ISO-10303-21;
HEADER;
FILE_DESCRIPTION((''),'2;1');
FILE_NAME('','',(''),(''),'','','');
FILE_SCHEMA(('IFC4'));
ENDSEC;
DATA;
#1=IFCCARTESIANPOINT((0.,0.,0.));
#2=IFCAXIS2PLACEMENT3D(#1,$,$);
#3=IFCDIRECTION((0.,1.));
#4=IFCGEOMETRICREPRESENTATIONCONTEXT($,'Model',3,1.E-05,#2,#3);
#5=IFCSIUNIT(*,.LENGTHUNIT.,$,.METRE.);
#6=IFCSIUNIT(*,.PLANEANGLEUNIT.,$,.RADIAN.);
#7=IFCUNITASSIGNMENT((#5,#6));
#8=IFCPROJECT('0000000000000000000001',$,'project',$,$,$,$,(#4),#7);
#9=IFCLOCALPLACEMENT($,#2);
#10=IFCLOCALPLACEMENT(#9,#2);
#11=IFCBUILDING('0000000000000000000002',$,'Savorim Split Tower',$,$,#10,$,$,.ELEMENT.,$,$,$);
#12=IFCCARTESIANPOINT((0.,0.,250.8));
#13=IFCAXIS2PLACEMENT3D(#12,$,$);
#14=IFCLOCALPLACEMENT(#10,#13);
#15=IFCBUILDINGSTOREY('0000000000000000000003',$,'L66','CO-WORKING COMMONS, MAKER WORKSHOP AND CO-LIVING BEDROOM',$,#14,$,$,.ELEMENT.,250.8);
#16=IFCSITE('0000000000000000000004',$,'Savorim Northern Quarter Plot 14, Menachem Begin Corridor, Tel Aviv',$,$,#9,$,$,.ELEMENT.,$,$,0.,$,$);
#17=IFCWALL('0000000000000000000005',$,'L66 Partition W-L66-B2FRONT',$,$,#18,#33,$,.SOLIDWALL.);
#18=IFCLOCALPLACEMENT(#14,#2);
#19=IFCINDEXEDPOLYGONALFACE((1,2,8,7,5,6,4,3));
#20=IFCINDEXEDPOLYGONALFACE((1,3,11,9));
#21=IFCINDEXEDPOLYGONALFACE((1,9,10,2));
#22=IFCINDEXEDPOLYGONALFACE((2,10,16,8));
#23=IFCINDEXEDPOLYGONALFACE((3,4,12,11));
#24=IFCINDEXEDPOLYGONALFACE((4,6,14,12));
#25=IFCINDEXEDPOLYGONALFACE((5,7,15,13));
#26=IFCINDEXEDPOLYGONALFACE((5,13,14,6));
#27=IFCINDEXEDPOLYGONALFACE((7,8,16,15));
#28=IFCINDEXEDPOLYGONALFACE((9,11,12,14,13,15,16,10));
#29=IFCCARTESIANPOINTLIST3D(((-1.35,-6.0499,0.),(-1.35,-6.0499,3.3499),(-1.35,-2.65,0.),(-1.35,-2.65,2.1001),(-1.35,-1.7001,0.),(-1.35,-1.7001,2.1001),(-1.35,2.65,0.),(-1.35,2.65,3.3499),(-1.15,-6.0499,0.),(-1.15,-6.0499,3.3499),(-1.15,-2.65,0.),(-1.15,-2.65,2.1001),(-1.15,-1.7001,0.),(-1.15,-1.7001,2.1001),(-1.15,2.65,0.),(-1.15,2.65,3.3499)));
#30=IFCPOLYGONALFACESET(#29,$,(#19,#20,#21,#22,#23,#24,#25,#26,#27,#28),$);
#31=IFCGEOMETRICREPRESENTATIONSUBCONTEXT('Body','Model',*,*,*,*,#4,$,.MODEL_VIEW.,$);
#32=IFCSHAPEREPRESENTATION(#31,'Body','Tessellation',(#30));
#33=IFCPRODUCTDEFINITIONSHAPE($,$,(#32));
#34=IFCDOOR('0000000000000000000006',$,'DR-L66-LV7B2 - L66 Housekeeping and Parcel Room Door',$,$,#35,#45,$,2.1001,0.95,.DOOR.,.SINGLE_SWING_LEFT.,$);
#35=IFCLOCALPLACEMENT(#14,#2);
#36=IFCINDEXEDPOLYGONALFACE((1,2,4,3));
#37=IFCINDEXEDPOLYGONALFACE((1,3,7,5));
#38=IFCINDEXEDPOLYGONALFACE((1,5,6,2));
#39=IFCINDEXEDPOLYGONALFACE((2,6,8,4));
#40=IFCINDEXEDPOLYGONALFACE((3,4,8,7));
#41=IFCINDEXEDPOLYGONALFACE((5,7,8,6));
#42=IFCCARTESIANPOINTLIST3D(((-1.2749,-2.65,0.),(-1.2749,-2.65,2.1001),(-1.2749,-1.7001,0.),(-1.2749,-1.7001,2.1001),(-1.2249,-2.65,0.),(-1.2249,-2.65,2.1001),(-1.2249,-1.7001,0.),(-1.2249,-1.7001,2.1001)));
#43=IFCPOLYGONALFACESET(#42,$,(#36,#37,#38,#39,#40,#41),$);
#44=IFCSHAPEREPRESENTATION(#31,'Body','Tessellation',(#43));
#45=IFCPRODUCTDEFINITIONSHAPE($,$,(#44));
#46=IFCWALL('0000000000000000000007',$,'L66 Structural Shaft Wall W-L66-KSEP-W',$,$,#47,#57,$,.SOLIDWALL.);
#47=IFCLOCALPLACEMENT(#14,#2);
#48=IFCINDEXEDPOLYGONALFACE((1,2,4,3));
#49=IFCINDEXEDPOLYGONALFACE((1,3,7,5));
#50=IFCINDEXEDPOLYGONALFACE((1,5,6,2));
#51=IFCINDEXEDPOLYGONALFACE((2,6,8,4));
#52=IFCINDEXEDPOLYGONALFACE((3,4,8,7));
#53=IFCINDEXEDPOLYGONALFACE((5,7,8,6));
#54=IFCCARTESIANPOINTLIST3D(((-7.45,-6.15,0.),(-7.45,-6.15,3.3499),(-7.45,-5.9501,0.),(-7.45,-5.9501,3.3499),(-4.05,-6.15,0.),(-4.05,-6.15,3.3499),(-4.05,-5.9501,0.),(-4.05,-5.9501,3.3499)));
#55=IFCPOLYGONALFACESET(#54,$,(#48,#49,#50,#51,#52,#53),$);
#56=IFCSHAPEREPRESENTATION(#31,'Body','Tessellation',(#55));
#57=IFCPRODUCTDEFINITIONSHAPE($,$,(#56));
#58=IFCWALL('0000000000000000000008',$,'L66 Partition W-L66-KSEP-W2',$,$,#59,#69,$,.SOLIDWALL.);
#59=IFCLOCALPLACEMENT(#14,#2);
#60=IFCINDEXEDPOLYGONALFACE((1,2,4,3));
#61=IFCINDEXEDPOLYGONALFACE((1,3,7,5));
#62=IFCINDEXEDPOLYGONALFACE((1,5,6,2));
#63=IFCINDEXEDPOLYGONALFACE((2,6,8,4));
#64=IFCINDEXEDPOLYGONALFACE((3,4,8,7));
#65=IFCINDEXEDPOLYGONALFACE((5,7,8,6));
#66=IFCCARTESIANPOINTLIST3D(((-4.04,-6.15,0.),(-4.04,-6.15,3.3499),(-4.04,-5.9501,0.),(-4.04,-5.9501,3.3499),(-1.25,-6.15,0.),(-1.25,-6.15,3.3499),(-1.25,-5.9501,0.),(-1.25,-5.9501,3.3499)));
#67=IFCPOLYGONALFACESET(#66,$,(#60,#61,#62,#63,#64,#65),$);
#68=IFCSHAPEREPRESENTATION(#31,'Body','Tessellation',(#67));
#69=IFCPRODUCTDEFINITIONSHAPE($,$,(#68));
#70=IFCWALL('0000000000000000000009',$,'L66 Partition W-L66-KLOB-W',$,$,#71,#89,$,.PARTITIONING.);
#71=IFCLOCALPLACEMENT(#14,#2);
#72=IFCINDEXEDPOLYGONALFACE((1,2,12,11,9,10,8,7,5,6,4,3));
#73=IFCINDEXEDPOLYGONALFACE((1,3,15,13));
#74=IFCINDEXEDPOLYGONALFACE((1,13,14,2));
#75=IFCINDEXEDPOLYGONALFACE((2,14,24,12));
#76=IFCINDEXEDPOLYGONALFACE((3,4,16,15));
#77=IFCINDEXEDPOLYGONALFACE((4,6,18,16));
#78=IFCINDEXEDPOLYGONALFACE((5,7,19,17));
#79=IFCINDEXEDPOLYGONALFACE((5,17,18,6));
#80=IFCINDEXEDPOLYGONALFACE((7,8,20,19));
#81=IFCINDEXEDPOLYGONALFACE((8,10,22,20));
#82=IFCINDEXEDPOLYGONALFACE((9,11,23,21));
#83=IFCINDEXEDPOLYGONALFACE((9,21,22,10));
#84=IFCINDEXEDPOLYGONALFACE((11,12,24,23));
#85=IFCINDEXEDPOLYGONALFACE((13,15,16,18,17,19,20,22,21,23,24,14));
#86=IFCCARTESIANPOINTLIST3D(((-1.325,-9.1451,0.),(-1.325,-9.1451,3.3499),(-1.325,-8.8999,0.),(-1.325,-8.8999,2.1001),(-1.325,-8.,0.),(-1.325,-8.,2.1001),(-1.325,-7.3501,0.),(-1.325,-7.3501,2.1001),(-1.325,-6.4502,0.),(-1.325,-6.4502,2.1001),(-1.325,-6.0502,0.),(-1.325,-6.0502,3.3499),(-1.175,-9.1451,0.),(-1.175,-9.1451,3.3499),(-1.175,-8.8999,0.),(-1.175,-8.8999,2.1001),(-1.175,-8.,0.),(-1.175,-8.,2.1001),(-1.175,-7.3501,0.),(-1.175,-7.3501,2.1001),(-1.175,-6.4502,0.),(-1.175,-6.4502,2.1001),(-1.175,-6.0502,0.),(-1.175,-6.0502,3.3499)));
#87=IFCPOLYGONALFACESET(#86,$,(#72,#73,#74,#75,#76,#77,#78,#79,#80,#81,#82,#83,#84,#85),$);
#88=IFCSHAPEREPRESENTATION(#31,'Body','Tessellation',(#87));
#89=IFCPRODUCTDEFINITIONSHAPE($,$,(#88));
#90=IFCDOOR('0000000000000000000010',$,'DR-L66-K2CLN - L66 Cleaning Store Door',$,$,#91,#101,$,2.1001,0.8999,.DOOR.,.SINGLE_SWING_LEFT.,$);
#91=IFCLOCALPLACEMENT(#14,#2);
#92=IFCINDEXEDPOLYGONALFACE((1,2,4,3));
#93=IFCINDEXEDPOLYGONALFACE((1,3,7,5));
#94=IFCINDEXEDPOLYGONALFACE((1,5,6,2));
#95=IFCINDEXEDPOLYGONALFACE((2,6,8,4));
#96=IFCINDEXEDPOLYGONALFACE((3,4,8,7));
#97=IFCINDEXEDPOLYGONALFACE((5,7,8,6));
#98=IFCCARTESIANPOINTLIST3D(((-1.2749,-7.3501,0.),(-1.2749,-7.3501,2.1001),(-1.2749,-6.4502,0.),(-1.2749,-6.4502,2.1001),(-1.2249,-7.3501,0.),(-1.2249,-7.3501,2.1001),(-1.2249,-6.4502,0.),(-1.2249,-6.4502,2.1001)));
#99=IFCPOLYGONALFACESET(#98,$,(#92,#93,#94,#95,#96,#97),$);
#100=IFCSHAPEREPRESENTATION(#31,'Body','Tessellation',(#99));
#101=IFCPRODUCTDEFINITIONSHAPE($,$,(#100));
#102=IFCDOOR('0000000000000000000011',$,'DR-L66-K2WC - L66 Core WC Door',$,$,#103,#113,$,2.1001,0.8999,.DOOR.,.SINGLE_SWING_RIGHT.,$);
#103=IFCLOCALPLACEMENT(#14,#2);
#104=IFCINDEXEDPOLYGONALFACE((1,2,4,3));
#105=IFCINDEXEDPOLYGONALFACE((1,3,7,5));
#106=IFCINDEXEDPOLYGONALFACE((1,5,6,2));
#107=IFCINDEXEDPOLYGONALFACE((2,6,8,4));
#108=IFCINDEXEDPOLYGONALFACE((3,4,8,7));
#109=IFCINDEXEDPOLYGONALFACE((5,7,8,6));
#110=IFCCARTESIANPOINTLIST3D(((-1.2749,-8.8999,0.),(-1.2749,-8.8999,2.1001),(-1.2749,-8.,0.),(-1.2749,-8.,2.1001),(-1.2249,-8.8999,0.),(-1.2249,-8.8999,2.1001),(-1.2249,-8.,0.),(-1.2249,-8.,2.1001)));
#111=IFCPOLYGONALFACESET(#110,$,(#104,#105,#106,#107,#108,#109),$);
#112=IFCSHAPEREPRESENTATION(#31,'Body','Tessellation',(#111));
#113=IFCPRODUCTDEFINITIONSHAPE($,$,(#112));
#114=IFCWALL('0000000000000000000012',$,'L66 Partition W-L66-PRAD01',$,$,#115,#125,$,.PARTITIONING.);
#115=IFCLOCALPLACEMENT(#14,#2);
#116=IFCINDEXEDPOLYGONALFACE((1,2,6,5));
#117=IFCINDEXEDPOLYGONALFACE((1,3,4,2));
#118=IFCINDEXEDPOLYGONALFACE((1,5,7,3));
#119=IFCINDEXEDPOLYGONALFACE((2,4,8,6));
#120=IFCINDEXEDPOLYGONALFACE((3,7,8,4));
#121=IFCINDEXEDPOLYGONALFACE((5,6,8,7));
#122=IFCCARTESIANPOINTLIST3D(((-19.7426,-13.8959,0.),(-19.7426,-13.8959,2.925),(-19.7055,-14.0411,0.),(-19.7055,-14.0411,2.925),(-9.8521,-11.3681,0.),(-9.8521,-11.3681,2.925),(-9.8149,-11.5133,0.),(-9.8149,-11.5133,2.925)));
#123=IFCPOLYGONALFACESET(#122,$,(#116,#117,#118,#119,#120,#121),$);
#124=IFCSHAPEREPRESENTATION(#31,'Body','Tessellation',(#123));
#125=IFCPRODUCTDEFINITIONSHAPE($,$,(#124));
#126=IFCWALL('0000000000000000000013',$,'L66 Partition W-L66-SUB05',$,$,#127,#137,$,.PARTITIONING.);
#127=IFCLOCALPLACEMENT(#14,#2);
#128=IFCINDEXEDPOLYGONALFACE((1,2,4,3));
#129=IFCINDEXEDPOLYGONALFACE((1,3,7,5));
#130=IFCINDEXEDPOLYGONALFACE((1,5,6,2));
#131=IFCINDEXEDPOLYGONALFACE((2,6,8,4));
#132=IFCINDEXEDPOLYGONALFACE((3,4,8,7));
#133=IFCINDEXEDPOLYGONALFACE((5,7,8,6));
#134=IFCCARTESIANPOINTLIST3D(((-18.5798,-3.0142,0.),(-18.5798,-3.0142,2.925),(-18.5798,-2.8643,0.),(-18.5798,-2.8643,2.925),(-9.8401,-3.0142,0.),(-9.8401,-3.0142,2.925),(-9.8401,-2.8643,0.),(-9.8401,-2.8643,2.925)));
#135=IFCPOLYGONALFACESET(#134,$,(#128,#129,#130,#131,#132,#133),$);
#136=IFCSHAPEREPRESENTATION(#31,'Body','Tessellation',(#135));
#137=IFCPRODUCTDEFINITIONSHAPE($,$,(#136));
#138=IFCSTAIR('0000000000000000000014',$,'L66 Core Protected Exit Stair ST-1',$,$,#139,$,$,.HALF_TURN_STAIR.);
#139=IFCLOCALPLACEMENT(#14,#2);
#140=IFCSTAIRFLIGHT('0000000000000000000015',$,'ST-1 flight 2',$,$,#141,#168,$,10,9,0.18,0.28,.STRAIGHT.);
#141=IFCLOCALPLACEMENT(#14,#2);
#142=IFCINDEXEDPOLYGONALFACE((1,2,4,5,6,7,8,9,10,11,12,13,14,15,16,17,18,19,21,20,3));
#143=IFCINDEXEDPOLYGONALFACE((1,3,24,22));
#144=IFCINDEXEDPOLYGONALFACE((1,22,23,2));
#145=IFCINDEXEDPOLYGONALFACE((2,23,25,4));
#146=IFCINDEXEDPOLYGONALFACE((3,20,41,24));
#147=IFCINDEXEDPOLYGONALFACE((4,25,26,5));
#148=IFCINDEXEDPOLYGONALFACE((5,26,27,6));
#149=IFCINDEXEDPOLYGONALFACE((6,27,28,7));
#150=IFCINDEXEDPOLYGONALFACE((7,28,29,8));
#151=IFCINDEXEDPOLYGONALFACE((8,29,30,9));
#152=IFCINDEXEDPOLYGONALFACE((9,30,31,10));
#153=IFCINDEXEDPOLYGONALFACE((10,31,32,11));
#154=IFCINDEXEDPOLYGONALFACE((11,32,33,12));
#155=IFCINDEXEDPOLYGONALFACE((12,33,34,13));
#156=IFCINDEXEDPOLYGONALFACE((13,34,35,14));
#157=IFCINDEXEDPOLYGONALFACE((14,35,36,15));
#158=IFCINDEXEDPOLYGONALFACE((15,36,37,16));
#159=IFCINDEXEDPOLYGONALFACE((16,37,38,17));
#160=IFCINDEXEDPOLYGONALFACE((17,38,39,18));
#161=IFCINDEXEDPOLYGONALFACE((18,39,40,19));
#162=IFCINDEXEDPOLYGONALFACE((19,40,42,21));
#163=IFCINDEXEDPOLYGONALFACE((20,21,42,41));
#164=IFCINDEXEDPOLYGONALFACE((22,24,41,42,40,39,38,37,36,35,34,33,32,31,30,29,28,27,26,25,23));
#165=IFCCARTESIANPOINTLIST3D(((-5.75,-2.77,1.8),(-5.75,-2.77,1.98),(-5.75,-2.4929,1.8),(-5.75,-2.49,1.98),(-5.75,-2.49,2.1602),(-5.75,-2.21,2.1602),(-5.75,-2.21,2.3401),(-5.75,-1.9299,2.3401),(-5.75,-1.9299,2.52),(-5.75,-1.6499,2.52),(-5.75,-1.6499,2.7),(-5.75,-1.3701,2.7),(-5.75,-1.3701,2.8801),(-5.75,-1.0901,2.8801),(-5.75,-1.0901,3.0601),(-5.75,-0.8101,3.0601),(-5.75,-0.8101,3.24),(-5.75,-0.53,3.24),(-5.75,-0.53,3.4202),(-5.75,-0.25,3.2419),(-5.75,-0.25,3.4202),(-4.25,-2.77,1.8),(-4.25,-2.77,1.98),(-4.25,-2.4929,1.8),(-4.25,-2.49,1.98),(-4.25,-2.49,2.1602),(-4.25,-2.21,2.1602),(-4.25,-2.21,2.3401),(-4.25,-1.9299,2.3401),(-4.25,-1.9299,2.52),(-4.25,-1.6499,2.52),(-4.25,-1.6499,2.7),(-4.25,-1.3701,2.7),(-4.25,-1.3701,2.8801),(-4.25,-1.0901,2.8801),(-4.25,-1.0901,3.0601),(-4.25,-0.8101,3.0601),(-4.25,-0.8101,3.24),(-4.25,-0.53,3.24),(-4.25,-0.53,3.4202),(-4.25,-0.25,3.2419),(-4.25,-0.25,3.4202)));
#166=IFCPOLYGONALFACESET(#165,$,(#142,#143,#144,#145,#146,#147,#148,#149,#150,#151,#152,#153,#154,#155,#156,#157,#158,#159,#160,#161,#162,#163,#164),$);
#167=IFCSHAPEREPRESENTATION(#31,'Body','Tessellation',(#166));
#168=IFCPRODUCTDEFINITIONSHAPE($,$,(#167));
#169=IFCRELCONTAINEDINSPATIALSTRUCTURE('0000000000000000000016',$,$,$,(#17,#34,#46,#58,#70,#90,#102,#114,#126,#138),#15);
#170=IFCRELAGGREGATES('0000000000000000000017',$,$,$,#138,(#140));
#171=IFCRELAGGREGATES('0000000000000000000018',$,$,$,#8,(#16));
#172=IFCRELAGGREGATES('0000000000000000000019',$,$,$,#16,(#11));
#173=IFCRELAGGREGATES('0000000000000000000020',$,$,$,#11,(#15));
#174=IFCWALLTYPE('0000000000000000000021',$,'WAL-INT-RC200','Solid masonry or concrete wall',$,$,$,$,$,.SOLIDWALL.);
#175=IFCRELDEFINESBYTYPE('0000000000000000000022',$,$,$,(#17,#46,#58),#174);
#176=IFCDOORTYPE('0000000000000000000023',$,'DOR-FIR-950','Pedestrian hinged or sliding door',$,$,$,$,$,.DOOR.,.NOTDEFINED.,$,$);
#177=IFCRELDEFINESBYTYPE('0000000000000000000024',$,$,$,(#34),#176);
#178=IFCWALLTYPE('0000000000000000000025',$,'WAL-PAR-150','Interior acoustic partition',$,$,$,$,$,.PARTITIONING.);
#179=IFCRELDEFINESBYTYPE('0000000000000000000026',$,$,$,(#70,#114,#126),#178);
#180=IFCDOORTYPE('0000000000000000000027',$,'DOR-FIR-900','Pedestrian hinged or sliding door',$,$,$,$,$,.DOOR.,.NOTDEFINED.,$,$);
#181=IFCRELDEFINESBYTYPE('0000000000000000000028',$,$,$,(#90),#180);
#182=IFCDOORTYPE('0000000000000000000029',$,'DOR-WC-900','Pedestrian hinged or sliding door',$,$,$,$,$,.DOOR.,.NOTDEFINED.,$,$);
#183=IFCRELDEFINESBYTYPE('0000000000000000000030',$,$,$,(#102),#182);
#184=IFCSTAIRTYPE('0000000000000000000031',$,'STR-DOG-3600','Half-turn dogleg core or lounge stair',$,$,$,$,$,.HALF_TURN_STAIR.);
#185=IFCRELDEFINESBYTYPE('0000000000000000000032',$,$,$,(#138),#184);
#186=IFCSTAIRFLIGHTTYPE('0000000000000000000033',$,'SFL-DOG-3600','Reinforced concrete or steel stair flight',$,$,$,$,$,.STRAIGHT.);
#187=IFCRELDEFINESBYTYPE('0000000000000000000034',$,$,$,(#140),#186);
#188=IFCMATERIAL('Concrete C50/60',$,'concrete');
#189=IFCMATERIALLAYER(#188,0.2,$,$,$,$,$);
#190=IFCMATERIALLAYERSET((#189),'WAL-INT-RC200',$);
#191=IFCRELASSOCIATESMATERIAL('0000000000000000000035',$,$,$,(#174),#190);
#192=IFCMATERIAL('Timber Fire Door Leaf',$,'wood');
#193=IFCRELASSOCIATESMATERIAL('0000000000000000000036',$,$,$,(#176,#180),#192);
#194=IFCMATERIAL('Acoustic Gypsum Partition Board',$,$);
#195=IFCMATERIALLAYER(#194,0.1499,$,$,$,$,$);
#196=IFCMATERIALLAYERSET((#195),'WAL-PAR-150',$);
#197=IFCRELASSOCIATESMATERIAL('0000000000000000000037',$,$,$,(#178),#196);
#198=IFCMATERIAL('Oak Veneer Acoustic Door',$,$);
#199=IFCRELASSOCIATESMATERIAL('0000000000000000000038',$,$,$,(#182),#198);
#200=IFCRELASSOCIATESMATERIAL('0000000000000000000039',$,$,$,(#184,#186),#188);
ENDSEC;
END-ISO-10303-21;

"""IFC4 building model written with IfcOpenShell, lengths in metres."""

from ifc_helpers import new_model, si_unit, direction, frame, frame_2d, origin, place, context, subcontext, project, spatial, polyline, rectangle, outline, extrude, material, layer, layer_set, type_object, element, fill, aggregate, save


model = new_model("IFC4")

# Units and contexts
model_context = context("Model", 3, precision=1e-05, world=origin(), true_north=direction((0.0, 1.0)))
body_context = subcontext(model_context, "Body", "Model", "MODEL_VIEW")
ifc_project = project(units=[si_unit("LENGTHUNIT", "METRE"), si_unit("PLANEANGLEUNIT", "RADIAN")], contexts=[model_context])

# Site, building, storey
site_placement = place(None, origin())
site = spatial("IfcSite", under=ifc_project, at=site_placement, Name="Savorim Northern Quarter Plot 14, Menachem Begin Corridor, Tel Aviv", CompositionType="ELEMENT", RefElevation=0.0)
building_placement = place(site_placement, origin())
building = spatial("IfcBuilding", under=site, at=building_placement, Name="Savorim Split Tower", CompositionType="ELEMENT")
storey_placement = place(building_placement, frame((0.0, 0.0, 250.8)))
storey = spatial("IfcBuildingStorey", under=building, at=storey_placement, Name="L66", Description="CO-WORKING COMMONS, MAKER WORKSHOP AND CO-LIVING BEDROOM", CompositionType="ELEMENT", Elevation=250.8)

# Shared definitions
ifc_material_1 = material(Name="Timber Fire Door Leaf", Category="wood")

# Shared definitions
ifc_material_2 = material(Name="Concrete C50/60", Category="concrete")
ifc_layer_1 = layer(ifc_material_2, 0.2)
ifc_layer_set_1 = layer_set([ifc_layer_1], Name="WAL-INT-RC200")
wall_type_1 = type_object("IfcWallType", Name="WAL-INT-RC200", Description="Solid masonry or concrete wall", PredefinedType="SOLIDWALL", material=ifc_layer_set_1)

# Wall, opening, door
wall_1_placement = place(storey_placement, frame((-1.25, -6.05, 0.0), z_axis=(0.0, 0.0, 1.0), x_axis=(0.0, 1.0, 0.0)))
wall_1 = element("IfcWall", 1, at=wall_1_placement, inside=storey, type_object=wall_type_1, Name="L66 Partition W-L66-B2FRONT", PredefinedType="SOLIDWALL", context=body_context, shape_type="SweptSolid", body=[
    extrude(rectangle(XDim=8.7, YDim=0.2, at=frame_2d((4.3501, 0.0))), origin(), (0.0, 0.0, 1.0), 3.3499),
])
opening_1_placement = place(wall_1_placement, frame((3.3999, 0.0, 0.0)))
opening_1 = element("IfcOpeningElement", 2, at=opening_1_placement, cuts=wall_1, PredefinedType="OPENING", context=body_context, shape_type="SweptSolid", body=[
    extrude(rectangle(XDim=0.95, YDim=2.1001, at=frame_2d((0.4751, 1.05))), frame((0.0, 0.1099, 0.0), z_axis=(0.0, -1.0, 0.0), x_axis=(1.0, 0.0, 0.0)), (0.0, 0.0, 1.0), 0.22),
])
door_type_1 = type_object("IfcDoorType", Name="DOR-FIR-950", Description="Pedestrian hinged or sliding door", OperationType="NOTDEFINED", PredefinedType="DOOR", material=ifc_material_1)
door_1_placement = place(opening_1_placement, origin())
door_1 = element("IfcDoor", 3, at=door_1_placement, inside=storey, type_object=door_type_1, Name="DR-L66-LV7B2 - L66 Housekeeping and Parcel Room Door", OperationType="SINGLE_SWING_LEFT", OverallHeight=2.1001, OverallWidth=0.95, PredefinedType="DOOR", context=body_context, shape_type="SweptSolid", body=[
    extrude(rectangle(XDim=0.95, YDim=2.1001, at=frame_2d((0.4751, 1.05))), frame((0.0, 0.0249, 0.0), z_axis=(0.0, -1.0, 0.0), x_axis=(1.0, 0.0, 0.0)), (0.0, 0.0, 1.0), 0.05),
])
fill(opening_1, door_1)

# Walls
wall_2_placement = place(storey_placement, frame((-7.45, -6.05, 0.0), z_axis=(0.0, 0.0, 1.0), x_axis=(1.0, 0.0, 0.0)))
element("IfcWall", 4, at=wall_2_placement, inside=storey, type_object=wall_type_1, Name="L66 Structural Shaft Wall W-L66-KSEP-W", PredefinedType="SOLIDWALL", context=body_context, shape_type="SweptSolid", body=[
    extrude(rectangle(XDim=3.3999, YDim=0.2, at=frame_2d((1.7, 0.0))), origin(), (0.0, 0.0, 1.0), 3.3499),
])
wall_3_placement = place(storey_placement, frame((-4.04, -6.05, 0.0), z_axis=(0.0, 0.0, 1.0), x_axis=(1.0, 0.0, 0.0)))
element("IfcWall", 5, at=wall_3_placement, inside=storey, type_object=wall_type_1, Name="L66 Partition W-L66-KSEP-W2", PredefinedType="SOLIDWALL", context=body_context, shape_type="SweptSolid", body=[
    extrude(rectangle(XDim=2.79, YDim=0.2, at=frame_2d((1.395, 0.0))), origin(), (0.0, 0.0, 1.0), 3.3499),
])

# Wall, openings, doors
ifc_material_3 = material(Name="Acoustic Gypsum Partition Board")
ifc_layer_2 = layer(ifc_material_3, 0.1499)
ifc_layer_set_2 = layer_set([ifc_layer_2], Name="WAL-PAR-150")
wall_type_2 = type_object("IfcWallType", Name="WAL-PAR-150", Description="Interior acoustic partition", PredefinedType="PARTITIONING", material=ifc_layer_set_2)
wall_4_placement = place(storey_placement, frame((-1.25, -9.145, 0.0), z_axis=(0.0, 0.0, 1.0), x_axis=(0.0, 1.0, 0.0)))
wall_4 = element("IfcWall", 6, at=wall_4_placement, inside=storey, type_object=wall_type_2, Name="L66 Partition W-L66-KLOB-W", PredefinedType="PARTITIONING", context=body_context, shape_type="SweptSolid", body=[
    extrude(rectangle(XDim=3.095, YDim=0.1499, at=frame_2d((1.5474, 0.0))), origin(), (0.0, 0.0, 1.0), 3.3499),
])
opening_2_placement = place(wall_4_placement, frame((1.7949, 0.0, 0.0)))
opening_2 = element("IfcOpeningElement", 7, at=opening_2_placement, cuts=wall_4, PredefinedType="OPENING", context=body_context, shape_type="SweptSolid", body=[
    extrude(rectangle(XDim=0.8999, YDim=2.1001, at=frame_2d((0.45, 1.05))), frame((0.0, 0.085, 0.0), z_axis=(0.0, -1.0, 0.0), x_axis=(1.0, 0.0, 0.0)), (0.0, 0.0, 1.0), 0.1699),
])
opening_3_placement = place(wall_4_placement, frame((0.2451, 0.0, 0.0)))
opening_3 = element("IfcOpeningElement", 8, at=opening_3_placement, cuts=wall_4, PredefinedType="OPENING", context=body_context, shape_type="SweptSolid", body=[
    extrude(rectangle(XDim=0.8999, YDim=2.1001, at=frame_2d((0.45, 1.05))), frame((0.0, 0.085, 0.0), z_axis=(0.0, -1.0, 0.0), x_axis=(1.0, 0.0, 0.0)), (0.0, 0.0, 1.0), 0.1699),
])
door_type_2 = type_object("IfcDoorType", Name="DOR-FIR-900", Description="Pedestrian hinged or sliding door", OperationType="NOTDEFINED", PredefinedType="DOOR", material=ifc_material_1)
door_2_placement = place(opening_2_placement, origin())
door_2 = element("IfcDoor", 9, at=door_2_placement, inside=storey, type_object=door_type_2, Name="DR-L66-K2CLN - L66 Cleaning Store Door", OperationType="SINGLE_SWING_LEFT", OverallHeight=2.1001, OverallWidth=0.8999, PredefinedType="DOOR", context=body_context, shape_type="SweptSolid", body=[
    extrude(rectangle(XDim=0.8999, YDim=2.1001, at=frame_2d((0.45, 1.05))), frame((0.0, 0.0249, 0.0), z_axis=(0.0, -1.0, 0.0), x_axis=(1.0, 0.0, 0.0)), (0.0, 0.0, 1.0), 0.05),
])
fill(opening_2, door_2)
ifc_material_4 = material(Name="Oak Veneer Acoustic Door")
door_type_3 = type_object("IfcDoorType", Name="DOR-WC-900", Description="Pedestrian hinged or sliding door", OperationType="NOTDEFINED", PredefinedType="DOOR", material=ifc_material_4)
door_3_placement = place(opening_3_placement, origin())
door_3 = element("IfcDoor", 10, at=door_3_placement, inside=storey, type_object=door_type_3, Name="DR-L66-K2WC - L66 Core WC Door", OperationType="SINGLE_SWING_RIGHT", OverallHeight=2.1001, OverallWidth=0.8999, PredefinedType="DOOR", context=body_context, shape_type="SweptSolid", body=[
    extrude(rectangle(XDim=0.8999, YDim=2.1001, at=frame_2d((0.45, 1.05))), frame((0.0, 0.0249, 0.0), z_axis=(0.0, -1.0, 0.0), x_axis=(1.0, 0.0, 0.0)), (0.0, 0.0, 1.0), 0.05),
])
fill(opening_3, door_3)

# Walls
wall_5_placement = place(storey_placement, frame((-9.8335, -11.4407, 0.0), z_axis=(0.0, 0.0, 1.0), x_axis=(-0.968857, -0.247619, 0.0)))
element("IfcWall", 11, at=wall_5_placement, inside=storey, type_object=wall_type_2, Name="L66 Partition W-L66-PRAD01", PredefinedType="PARTITIONING", context=body_context, shape_type="SweptSolid", body=[
    extrude(rectangle(XDim=10.2085, YDim=0.1499, at=frame_2d((5.1042, 0.0))), origin(), (0.0, 0.0, 1.0), 2.925),
])
wall_6_placement = place(storey_placement, frame((-9.8401, -2.9392, 0.0), z_axis=(0.0, 0.0, 1.0), x_axis=(-1.0, 0.0, 0.0)))
element("IfcWall", 12, at=wall_6_placement, inside=storey, type_object=wall_type_2, Name="L66 Partition W-L66-SUB05", PredefinedType="PARTITIONING", context=body_context, shape_type="SweptSolid", body=[
    extrude(rectangle(XDim=8.7397, YDim=0.1499, at=frame_2d((4.3699, 0.0))), origin(), (0.0, 0.0, 1.0), 2.925),
])

# Stair, stair flight
stair_type = type_object("IfcStairType", Name="STR-DOG-3600", Description="Half-turn dogleg core or lounge stair", PredefinedType="HALF_TURN_STAIR", material=ifc_material_2)
stair_placement = place(storey_placement, origin())
stair = element("IfcStair", 13, at=stair_placement, inside=storey, type_object=stair_type, Name="L66 Core Protected Exit Stair ST-1", PredefinedType="HALF_TURN_STAIR")
stair_flight_type = type_object("IfcStairFlightType", Name="SFL-DOG-3600", Description="Reinforced concrete or steel stair flight", PredefinedType="STRAIGHT", material=ifc_material_2)
stair_flight_placement = place(storey_placement, frame((-5.0, -2.77, 1.8), z_axis=(0.0, 0.0, 1.0), x_axis=(0.0, 1.0, 0.0)))
stair_flight = element("IfcStairFlight", 14, at=stair_flight_placement, type_object=stair_flight_type, Name="ST-1 flight 2", NumberOfRisers=10, NumberOfTreads=9, PredefinedType="STRAIGHT", RiserHeight=0.18, TreadLength=0.28, context=body_context, shape_type="SweptSolid", body=[
    extrude(outline(polyline([(0.0, 0.0), (0.0, 0.1799), (0.28, 0.1799), (0.28, 0.3601), (0.5601, 0.3601), (0.5601, 0.54), (0.8401, 0.54), (0.8401, 0.72), (1.1201, 0.72), (1.1201, 0.8999), (1.3999, 0.8999), (1.3999, 1.0801), (1.6799, 1.0801), (1.6799, 1.26), (1.96, 1.26), (1.96, 1.4399), (2.24, 1.4399), (2.24, 1.6201), (2.52, 1.6201), (2.52, 1.8), (2.52, 1.4419), (0.2771, 0.0), (0.0, 0.0)])), frame((0.0, 0.75, 0.0), z_axis=(0.0, -1.0, 0.0), x_axis=(1.0, 0.0, 0.0)), (0.0, 0.0, 1.0), 1.5),
])
aggregate(stair, [stair_flight])

save(model, "model.ifc")
